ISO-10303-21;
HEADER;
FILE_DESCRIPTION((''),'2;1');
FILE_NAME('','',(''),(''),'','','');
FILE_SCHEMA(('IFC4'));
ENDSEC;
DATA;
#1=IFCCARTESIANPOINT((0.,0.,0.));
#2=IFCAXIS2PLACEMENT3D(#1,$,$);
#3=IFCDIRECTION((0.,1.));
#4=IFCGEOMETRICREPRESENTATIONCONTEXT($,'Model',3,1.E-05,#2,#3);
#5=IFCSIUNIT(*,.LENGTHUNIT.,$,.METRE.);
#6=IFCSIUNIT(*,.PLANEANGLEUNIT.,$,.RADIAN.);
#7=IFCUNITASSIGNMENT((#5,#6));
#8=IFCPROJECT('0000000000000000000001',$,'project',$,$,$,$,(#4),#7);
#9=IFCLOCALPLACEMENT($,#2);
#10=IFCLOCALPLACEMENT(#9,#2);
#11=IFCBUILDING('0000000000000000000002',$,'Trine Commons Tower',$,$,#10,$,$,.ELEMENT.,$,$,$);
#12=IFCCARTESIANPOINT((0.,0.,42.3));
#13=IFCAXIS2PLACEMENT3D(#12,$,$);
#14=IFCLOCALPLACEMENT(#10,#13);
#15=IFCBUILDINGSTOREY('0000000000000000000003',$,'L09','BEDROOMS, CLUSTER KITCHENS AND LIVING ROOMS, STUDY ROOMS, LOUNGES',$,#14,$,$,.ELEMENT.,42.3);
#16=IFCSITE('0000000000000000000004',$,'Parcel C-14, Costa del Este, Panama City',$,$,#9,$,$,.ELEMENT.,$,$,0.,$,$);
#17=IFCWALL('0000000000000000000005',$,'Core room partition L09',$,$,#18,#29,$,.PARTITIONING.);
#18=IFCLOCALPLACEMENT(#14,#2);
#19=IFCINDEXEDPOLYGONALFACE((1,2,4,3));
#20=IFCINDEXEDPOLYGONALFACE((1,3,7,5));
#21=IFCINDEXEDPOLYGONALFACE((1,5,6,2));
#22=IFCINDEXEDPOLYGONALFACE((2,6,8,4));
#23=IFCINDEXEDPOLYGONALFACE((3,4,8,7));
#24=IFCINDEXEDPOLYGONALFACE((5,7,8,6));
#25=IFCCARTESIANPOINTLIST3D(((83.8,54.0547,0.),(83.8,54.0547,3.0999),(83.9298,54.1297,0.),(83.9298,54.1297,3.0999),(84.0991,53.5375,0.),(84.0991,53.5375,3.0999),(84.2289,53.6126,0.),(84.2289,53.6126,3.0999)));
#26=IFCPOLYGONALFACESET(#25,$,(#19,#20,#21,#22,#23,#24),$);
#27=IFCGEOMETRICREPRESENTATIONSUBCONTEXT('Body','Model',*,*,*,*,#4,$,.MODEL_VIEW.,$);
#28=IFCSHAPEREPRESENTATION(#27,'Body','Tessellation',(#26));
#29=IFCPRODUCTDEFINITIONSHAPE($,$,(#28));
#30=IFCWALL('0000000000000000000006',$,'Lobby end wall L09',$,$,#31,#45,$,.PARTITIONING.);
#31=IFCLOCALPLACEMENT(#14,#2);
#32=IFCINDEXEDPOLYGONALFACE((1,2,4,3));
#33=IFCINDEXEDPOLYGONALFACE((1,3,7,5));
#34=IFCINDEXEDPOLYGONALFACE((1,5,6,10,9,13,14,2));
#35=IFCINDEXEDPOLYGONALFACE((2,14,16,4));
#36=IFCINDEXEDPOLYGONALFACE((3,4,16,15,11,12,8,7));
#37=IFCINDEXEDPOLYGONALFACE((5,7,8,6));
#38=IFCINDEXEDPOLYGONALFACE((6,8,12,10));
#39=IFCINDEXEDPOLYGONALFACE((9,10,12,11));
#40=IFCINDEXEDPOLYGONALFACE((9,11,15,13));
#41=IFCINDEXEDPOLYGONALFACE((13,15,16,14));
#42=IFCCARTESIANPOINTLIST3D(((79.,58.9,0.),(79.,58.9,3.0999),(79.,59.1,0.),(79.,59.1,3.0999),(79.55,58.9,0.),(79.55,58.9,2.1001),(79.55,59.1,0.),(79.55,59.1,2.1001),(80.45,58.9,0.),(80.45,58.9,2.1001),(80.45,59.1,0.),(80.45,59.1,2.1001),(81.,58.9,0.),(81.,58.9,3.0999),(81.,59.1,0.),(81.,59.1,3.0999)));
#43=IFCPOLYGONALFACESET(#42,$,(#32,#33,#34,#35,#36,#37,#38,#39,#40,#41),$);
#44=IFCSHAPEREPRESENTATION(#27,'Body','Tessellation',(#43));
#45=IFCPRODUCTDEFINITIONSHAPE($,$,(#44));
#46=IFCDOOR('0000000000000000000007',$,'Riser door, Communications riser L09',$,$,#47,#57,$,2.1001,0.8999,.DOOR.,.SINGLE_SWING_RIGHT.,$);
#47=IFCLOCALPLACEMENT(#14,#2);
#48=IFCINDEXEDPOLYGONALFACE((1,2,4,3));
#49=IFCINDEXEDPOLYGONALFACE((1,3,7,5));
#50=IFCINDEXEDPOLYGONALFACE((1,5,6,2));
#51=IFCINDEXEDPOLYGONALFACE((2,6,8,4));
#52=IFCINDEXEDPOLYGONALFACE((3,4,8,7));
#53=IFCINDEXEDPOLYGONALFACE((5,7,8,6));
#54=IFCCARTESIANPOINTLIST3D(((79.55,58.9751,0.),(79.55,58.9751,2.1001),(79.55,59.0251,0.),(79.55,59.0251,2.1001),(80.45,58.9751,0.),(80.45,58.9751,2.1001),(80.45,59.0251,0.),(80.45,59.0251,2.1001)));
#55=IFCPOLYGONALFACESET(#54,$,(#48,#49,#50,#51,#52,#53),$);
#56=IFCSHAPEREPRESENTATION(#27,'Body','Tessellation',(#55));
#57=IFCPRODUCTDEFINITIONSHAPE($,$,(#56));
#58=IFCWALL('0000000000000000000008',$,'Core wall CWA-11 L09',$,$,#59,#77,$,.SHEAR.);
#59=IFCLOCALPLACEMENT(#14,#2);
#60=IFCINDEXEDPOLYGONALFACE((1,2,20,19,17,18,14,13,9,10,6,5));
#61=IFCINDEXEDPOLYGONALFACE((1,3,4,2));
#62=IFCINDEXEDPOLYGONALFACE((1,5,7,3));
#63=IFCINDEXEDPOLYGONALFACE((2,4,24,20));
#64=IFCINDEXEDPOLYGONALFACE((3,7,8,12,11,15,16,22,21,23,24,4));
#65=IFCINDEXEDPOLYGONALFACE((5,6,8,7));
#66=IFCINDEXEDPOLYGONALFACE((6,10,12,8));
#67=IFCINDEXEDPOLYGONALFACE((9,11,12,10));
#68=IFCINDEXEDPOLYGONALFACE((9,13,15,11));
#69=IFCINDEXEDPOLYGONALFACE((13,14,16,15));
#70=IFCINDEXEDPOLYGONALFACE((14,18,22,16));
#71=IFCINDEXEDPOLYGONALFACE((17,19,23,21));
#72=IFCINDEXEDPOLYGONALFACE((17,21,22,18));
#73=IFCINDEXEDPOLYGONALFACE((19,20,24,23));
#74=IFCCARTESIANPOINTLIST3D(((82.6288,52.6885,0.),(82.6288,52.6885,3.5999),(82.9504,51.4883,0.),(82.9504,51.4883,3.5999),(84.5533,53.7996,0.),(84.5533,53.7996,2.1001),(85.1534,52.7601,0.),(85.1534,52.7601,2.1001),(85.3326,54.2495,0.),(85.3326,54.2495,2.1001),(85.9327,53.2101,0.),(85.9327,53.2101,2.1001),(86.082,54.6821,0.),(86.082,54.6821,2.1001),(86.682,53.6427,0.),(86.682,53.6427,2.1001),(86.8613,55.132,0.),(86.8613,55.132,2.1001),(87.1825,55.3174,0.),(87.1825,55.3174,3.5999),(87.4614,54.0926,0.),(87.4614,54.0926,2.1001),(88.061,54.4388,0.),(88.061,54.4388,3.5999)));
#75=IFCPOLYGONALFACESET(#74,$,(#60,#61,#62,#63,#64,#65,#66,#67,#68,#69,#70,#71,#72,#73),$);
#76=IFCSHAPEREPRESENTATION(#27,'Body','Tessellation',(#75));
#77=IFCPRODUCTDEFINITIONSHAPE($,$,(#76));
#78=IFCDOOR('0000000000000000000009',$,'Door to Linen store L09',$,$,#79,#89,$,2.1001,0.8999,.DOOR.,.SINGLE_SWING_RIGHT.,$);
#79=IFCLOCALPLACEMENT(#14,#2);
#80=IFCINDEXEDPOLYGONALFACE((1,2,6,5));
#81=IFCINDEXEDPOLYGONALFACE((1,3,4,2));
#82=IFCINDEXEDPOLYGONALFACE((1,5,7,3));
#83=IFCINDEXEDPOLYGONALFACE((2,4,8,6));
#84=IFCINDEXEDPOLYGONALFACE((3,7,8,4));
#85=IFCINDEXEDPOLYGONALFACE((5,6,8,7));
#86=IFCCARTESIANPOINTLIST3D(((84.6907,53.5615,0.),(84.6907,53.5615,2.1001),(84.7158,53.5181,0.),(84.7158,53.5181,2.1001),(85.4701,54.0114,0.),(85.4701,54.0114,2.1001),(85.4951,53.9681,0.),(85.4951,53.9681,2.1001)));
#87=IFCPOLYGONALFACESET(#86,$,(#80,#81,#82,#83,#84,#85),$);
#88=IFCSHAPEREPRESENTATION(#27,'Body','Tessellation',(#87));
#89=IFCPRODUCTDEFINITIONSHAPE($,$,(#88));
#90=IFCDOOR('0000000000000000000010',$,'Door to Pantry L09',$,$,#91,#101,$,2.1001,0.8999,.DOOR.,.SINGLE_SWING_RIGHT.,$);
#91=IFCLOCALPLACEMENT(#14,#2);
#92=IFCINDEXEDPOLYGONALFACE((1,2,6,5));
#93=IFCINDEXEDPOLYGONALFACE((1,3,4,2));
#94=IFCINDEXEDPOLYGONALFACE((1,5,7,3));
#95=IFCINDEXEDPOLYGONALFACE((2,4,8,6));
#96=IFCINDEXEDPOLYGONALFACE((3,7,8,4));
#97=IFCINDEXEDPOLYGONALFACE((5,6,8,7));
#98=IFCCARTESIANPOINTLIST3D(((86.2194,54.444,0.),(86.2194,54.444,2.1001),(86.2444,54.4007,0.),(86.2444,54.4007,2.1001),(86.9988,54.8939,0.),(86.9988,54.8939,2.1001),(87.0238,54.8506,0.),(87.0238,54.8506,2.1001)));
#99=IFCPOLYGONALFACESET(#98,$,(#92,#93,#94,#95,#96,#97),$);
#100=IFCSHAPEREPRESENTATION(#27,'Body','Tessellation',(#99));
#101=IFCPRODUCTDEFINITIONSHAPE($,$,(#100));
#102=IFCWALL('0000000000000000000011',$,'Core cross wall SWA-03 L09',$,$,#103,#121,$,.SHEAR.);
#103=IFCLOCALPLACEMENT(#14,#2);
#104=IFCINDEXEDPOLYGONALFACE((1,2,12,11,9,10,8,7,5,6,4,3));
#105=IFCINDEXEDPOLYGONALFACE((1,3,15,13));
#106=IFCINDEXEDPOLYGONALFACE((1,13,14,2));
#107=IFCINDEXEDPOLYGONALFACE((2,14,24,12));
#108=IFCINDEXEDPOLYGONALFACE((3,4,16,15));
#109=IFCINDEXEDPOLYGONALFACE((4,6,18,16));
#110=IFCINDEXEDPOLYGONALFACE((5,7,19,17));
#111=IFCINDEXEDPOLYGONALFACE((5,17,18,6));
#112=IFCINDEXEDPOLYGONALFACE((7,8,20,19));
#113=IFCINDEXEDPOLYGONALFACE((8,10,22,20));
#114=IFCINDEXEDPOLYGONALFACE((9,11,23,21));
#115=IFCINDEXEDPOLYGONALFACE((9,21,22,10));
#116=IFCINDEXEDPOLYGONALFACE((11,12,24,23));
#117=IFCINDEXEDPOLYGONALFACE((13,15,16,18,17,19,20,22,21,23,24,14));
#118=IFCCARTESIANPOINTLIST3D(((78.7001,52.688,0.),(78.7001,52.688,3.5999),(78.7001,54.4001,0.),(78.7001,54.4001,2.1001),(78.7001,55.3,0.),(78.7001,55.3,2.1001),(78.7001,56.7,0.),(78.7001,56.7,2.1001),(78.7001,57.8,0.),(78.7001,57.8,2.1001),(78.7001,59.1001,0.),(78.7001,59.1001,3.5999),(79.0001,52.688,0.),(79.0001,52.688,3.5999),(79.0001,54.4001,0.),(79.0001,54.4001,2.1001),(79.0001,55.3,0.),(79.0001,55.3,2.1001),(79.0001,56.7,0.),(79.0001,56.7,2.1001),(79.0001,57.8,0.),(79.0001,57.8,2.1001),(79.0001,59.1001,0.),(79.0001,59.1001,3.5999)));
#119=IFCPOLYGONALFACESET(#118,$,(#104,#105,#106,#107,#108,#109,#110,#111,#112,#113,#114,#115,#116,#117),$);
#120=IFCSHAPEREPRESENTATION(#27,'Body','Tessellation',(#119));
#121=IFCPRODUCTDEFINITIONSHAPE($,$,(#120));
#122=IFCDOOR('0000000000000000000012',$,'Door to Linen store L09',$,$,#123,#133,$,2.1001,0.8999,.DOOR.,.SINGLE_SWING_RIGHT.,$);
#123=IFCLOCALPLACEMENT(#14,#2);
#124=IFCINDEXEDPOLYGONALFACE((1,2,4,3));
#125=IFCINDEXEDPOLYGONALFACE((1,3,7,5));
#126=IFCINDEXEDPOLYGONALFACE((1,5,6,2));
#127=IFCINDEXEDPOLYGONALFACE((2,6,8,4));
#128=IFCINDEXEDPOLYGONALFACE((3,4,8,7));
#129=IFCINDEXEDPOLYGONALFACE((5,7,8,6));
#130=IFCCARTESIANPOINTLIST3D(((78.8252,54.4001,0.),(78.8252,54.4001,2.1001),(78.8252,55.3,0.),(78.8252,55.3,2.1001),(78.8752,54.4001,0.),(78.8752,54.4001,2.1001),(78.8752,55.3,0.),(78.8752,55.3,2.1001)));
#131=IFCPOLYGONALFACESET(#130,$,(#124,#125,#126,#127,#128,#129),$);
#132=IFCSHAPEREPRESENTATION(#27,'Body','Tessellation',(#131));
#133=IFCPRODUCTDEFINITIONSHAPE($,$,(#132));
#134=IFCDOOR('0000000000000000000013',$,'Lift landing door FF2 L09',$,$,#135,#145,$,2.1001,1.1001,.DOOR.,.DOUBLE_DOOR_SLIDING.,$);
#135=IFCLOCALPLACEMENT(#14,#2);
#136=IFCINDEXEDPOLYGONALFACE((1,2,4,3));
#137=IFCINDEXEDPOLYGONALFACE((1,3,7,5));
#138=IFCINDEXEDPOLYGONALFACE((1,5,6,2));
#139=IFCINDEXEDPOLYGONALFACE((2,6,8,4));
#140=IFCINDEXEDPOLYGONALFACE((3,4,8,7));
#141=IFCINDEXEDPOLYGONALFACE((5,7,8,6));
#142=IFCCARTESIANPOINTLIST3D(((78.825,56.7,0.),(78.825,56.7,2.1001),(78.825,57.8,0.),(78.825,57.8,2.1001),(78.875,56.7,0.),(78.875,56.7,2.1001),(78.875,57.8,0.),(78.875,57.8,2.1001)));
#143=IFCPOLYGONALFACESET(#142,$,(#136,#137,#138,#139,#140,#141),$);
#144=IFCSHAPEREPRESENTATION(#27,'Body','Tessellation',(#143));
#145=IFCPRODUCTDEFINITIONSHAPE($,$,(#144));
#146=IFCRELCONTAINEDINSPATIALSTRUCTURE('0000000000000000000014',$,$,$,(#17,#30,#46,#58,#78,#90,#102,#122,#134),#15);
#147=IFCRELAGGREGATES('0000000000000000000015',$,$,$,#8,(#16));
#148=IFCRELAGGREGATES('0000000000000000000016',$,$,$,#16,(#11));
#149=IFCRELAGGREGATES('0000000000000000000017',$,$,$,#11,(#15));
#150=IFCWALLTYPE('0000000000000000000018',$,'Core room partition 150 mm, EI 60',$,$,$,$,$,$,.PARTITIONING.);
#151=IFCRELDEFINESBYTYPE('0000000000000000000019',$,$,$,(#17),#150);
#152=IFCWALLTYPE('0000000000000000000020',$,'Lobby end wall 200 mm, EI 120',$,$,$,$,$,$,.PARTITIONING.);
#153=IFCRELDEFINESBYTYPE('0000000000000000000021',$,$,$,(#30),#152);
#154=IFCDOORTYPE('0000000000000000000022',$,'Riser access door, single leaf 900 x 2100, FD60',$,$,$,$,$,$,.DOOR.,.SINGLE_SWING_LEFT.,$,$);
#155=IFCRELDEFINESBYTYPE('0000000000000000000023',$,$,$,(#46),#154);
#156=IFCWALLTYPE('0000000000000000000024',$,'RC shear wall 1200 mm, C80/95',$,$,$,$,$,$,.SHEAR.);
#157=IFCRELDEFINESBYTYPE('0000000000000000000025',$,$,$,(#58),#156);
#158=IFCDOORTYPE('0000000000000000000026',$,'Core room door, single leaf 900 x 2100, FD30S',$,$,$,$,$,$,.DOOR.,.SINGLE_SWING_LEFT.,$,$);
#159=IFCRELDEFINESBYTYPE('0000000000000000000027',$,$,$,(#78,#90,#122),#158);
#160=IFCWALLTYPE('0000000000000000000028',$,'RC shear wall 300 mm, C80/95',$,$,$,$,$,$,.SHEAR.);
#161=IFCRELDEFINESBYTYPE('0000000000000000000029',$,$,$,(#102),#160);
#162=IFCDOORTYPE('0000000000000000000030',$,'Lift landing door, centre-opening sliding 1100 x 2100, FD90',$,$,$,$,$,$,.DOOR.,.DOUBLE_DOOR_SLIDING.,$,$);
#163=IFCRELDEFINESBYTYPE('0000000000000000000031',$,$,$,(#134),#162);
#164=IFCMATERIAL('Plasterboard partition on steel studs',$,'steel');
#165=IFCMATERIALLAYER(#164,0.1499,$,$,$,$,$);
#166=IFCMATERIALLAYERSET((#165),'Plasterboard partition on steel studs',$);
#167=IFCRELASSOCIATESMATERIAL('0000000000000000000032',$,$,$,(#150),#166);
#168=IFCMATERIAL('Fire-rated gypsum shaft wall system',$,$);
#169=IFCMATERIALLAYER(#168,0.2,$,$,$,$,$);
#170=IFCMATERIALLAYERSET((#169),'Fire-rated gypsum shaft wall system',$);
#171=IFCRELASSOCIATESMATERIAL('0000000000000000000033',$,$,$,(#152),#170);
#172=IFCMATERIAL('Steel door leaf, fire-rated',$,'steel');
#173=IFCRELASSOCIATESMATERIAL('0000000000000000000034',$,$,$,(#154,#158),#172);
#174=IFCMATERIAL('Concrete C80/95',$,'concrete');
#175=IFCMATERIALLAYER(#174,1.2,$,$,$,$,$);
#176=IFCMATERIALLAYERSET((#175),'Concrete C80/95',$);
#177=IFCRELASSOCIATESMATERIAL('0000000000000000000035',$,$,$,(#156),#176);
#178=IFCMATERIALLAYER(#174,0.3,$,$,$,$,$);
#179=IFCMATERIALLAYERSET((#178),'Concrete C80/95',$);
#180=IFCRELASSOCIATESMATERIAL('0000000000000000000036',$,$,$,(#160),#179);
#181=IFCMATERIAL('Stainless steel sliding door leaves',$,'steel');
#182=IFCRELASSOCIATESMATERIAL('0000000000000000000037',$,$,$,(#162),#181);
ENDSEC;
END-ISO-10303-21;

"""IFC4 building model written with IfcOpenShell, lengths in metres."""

from ifc_helpers import new_model, si_unit, direction, frame, frame_2d, origin, place, context, subcontext, project, spatial, polyline, rectangle, outline, extrude, material, layer, layer_set, type_object, element, fill, save


model = new_model("IFC4")

# Units and contexts
model_context = context("Model", 3, precision=1e-05, world=origin(), true_north=direction((0.0, 1.0)))
body_context = subcontext(model_context, "Body", "Model", "MODEL_VIEW")
ifc_project = project(units=[si_unit("LENGTHUNIT", "METRE"), si_unit("PLANEANGLEUNIT", "RADIAN")], contexts=[model_context])

# Site, building, storey
site_placement = place(None, origin())
site = spatial("IfcSite", under=ifc_project, at=site_placement, Name="Parcel C-14, Costa del Este, Panama City", CompositionType="ELEMENT", RefElevation=0.0)
building_placement = place(site_placement, origin())
building = spatial("IfcBuilding", under=site, at=building_placement, Name="Trine Commons Tower", CompositionType="ELEMENT")
storey_placement = place(building_placement, frame((0.0, 0.0, 42.3)))
storey = spatial("IfcBuildingStorey", under=building, at=storey_placement, Name="L09", Description="BEDROOMS, CLUSTER KITCHENS AND LIVING ROOMS, STUDY ROOMS, LOUNGES", CompositionType="ELEMENT", Elevation=42.3)

# Wall
ifc_material_1 = material(Name="Plasterboard partition on steel studs", Category="steel")
ifc_layer_1 = layer(ifc_material_1, 0.1499)
ifc_layer_set_1 = layer_set([ifc_layer_1], Name="Plasterboard partition on steel studs")
wall_type_1 = type_object("IfcWallType", Name="Core room partition 150 mm, EI 60", PredefinedType="PARTITIONING", material=ifc_layer_set_1)
wall_1_placement = place(storey_placement, frame((84.1641, 53.575, 0.0), z_axis=(0.0, 0.0, 1.0), x_axis=(-0.500666, 0.865641, 0.0)))
element("IfcWall", 1, at=wall_1_placement, inside=storey, type_object=wall_type_1, Name="Core room partition L09", PredefinedType="PARTITIONING", context=body_context, shape_type="SweptSolid", body=[
    extrude(rectangle(XDim=0.5974, YDim=0.1499, at=frame_2d((0.2988, 0.0))), origin(), (0.0, 0.0, 1.0), 3.0999),
])

# Wall, opening, door
ifc_material_2 = material(Name="Fire-rated gypsum shaft wall system")
ifc_layer_2 = layer(ifc_material_2, 0.2)
ifc_layer_set_2 = layer_set([ifc_layer_2], Name="Fire-rated gypsum shaft wall system")
wall_type_2 = type_object("IfcWallType", Name="Lobby end wall 200 mm, EI 120", PredefinedType="PARTITIONING", material=ifc_layer_set_2)
wall_2_placement = place(storey_placement, frame((79.0, 59.0, 0.0), z_axis=(0.0, 0.0, 1.0), x_axis=(1.0, 0.0, 0.0)))
wall_2 = element("IfcWall", 2, at=wall_2_placement, inside=storey, type_object=wall_type_2, Name="Lobby end wall L09", PredefinedType="PARTITIONING", context=body_context, shape_type="SweptSolid", body=[
    extrude(rectangle(XDim=2.0, YDim=0.2, at=frame_2d((1.0, 0.0))), origin(), (0.0, 0.0, 1.0), 3.0999),
])
opening_1_placement = place(wall_2_placement, frame((0.55, 0.0, 0.0)))
opening_1 = element("IfcOpeningElement", 3, at=opening_1_placement, cuts=wall_2, PredefinedType="OPENING", context=body_context, shape_type="SweptSolid", body=[
    extrude(rectangle(XDim=0.8999, YDim=2.1001, at=frame_2d((0.45, 1.05))), frame((0.0, 0.1099, 0.0), z_axis=(0.0, -1.0, 0.0), x_axis=(1.0, 0.0, 0.0)), (0.0, 0.0, 1.0), 0.22),
])
ifc_material_3 = material(Name="Steel door leaf, fire-rated", Category="steel")
door_type_1 = type_object("IfcDoorType", Name="Riser access door, single leaf 900 x 2100, FD60", OperationType="SINGLE_SWING_LEFT", PredefinedType="DOOR", material=ifc_material_3)
door_1_placement = place(opening_1_placement, frame((0.8999, 0.0, 0.0), z_axis=(0.0, 0.0, 1.0), x_axis=(-1.0, 0.0, 0.0)))
door_1 = element("IfcDoor", 4, at=door_1_placement, inside=storey, type_object=door_type_1, Name="Riser door, Communications riser L09", OperationType="SINGLE_SWING_RIGHT", OverallHeight=2.1001, OverallWidth=0.8999, PredefinedType="DOOR", context=body_context, shape_type="SweptSolid", body=[
    extrude(rectangle(XDim=0.8999, YDim=2.1001, at=frame_2d((0.45, 1.05))), frame((0.0, 0.0249, 0.0), z_axis=(0.0, -1.0, 0.0), x_axis=(1.0, 0.0, 0.0)), (0.0, 0.0, 1.0), 0.05),
])
fill(opening_1, door_1)

# Walls, openings, doors
ifc_material_4 = material(Name="Concrete C80/95", Category="concrete")
ifc_layer_3 = layer(ifc_material_4, 1.2)
ifc_layer_set_3 = layer_set([ifc_layer_3], Name="Concrete C80/95")
wall_type_3 = type_object("IfcWallType", Name="RC shear wall 1200 mm, C80/95", PredefinedType="SHEAR", material=ifc_layer_set_3)
wall_3_placement = place(storey_placement, frame((82.6504, 52.0081, 0.0), z_axis=(0.0, 0.0, 1.0), x_axis=(0.866037, 0.499979, 0.0)))
wall_3 = element("IfcWall", 5, at=wall_3_placement, inside=storey, type_object=wall_type_3, Name="Core wall CWA-11 L09", PredefinedType="SHEAR", context=body_context, shape_type="SweptSolid", body=[
    extrude(outline(polyline([(0.0, -0.6001), (5.9011, -0.6001), (5.5796, 0.6001), (0.3215, 0.6001), (0.0, -0.6001)])), origin(), (0.0, 0.0, 1.0), 3.5999),
])
opening_2_placement = place(wall_3_placement, frame((2.5437, 0.0, 0.0)))
opening_2 = element("IfcOpeningElement", 6, at=opening_2_placement, cuts=wall_3, PredefinedType="OPENING", context=body_context, shape_type="SweptSolid", body=[
    extrude(rectangle(XDim=0.8999, YDim=2.1001, at=frame_2d((0.45, 1.05))), frame((0.0, 0.6099, 0.0), z_axis=(0.0, -1.0, 0.0), x_axis=(1.0, 0.0, 0.0)), (0.0, 0.0, 1.0), 1.22),
])
opening_3_placement = place(wall_3_placement, frame((4.3088, 0.0, 0.0)))
opening_3 = element("IfcOpeningElement", 7, at=opening_3_placement, cuts=wall_3, PredefinedType="OPENING", context=body_context, shape_type="SweptSolid", body=[
    extrude(rectangle(XDim=0.8999, YDim=2.1001, at=frame_2d((0.45, 1.05))), frame((0.0, 0.6099, 0.0), z_axis=(0.0, -1.0, 0.0), x_axis=(1.0, 0.0, 0.0)), (0.0, 0.0, 1.0), 1.22),
])
door_type_2 = type_object("IfcDoorType", Name="Core room door, single leaf 900 x 2100, FD30S", OperationType="SINGLE_SWING_LEFT", PredefinedType="DOOR", material=ifc_material_3)
door_2_placement = place(opening_2_placement, origin())
door_2 = element("IfcDoor", 8, at=door_2_placement, inside=storey, type_object=door_type_2, Name="Door to Linen store L09", OperationType="SINGLE_SWING_RIGHT", OverallHeight=2.1001, OverallWidth=0.8999, PredefinedType="DOOR", context=body_context, shape_type="SweptSolid", body=[
    extrude(rectangle(XDim=0.8999, YDim=2.1001, at=frame_2d((0.45, 1.05))), frame((0.0, 0.3252, 0.0), z_axis=(0.0, -1.0, 0.0), x_axis=(1.0, 0.0, 0.0)), (0.0, 0.0, 1.0), 0.05),
])
fill(opening_2, door_2)
door_3_placement = place(opening_3_placement, origin())
door_3 = element("IfcDoor", 9, at=door_3_placement, inside=storey, type_object=door_type_2, Name="Door to Pantry L09", OperationType="SINGLE_SWING_RIGHT", OverallHeight=2.1001, OverallWidth=0.8999, PredefinedType="DOOR", context=body_context, shape_type="SweptSolid", body=[
    extrude(rectangle(XDim=0.8999, YDim=2.1001, at=frame_2d((0.45, 1.05))), frame((0.0, 0.3252, 0.0), z_axis=(0.0, -1.0, 0.0), x_axis=(1.0, 0.0, 0.0)), (0.0, 0.0, 1.0), 0.05),
])
fill(opening_3, door_3)
ifc_layer_4 = layer(ifc_material_4, 0.3)
ifc_layer_set_4 = layer_set([ifc_layer_4], Name="Concrete C80/95")
wall_type_4 = type_object("IfcWallType", Name="RC shear wall 300 mm, C80/95", PredefinedType="SHEAR", material=ifc_layer_set_4)
wall_4_placement = place(storey_placement, frame((78.8501, 59.1001, 0.0), z_axis=(0.0, 0.0, 1.0), x_axis=(0.0, -1.0, 0.0)))
wall_4 = element("IfcWall", 10, at=wall_4_placement, inside=storey, type_object=wall_type_4, Name="Core cross wall SWA-03 L09", PredefinedType="SHEAR", context=body_context, shape_type="SweptSolid", body=[
    extrude(rectangle(XDim=6.4121, YDim=0.3, at=frame_2d((3.2061, 0.0))), origin(), (0.0, 0.0, 1.0), 3.5999),
])
opening_4_placement = place(wall_4_placement, frame((3.8, 0.0, 0.0)))
opening_4 = element("IfcOpeningElement", 11, at=opening_4_placement, cuts=wall_4, PredefinedType="OPENING", context=body_context, shape_type="SweptSolid", body=[
    extrude(rectangle(XDim=0.8999, YDim=2.1001, at=frame_2d((0.45, 1.05))), frame((0.0, 0.1599, 0.0), z_axis=(0.0, -1.0, 0.0), x_axis=(1.0, 0.0, 0.0)), (0.0, 0.0, 1.0), 0.3201),
])
opening_5_placement = place(wall_4_placement, frame((1.3, 0.0, 0.0)))
opening_5 = element("IfcOpeningElement", 12, at=opening_5_placement, cuts=wall_4, PredefinedType="OPENING", context=body_context, shape_type="SweptSolid", body=[
    extrude(rectangle(XDim=1.1001, YDim=2.1001, at=frame_2d((0.55, 1.05))), frame((0.0, 0.1599, 0.0), z_axis=(0.0, -1.0, 0.0), x_axis=(1.0, 0.0, 0.0)), (0.0, 0.0, 1.0), 0.3201),
])
door_4_placement = place(opening_4_placement, frame((0.8999, 0.0, 0.0), z_axis=(0.0, 0.0, 1.0), x_axis=(-1.0, 0.0, 0.0)))
door_4 = element("IfcDoor", 13, at=door_4_placement, inside=storey, type_object=door_type_2, Name="Door to Linen store L09", OperationType="SINGLE_SWING_RIGHT", OverallHeight=2.1001, OverallWidth=0.8999, PredefinedType="DOOR", context=body_context, shape_type="SweptSolid", body=[
    extrude(rectangle(XDim=0.8999, YDim=2.1001, at=frame_2d((0.45, 1.05))), frame((0.0, 0.0249, 0.0), z_axis=(0.0, -1.0, 0.0), x_axis=(1.0, 0.0, 0.0)), (0.0, 0.0, 1.0), 0.05),
])
fill(opening_4, door_4)
ifc_material_5 = material(Name="Stainless steel sliding door leaves", Category="steel")
door_type_3 = type_object("IfcDoorType", Name="Lift landing door, centre-opening sliding 1100 x 2100, FD90", OperationType="DOUBLE_DOOR_SLIDING", PredefinedType="DOOR", material=ifc_material_5)
door_5_placement = place(opening_5_placement, origin())
door_5 = element("IfcDoor", 14, at=door_5_placement, inside=storey, type_object=door_type_3, Name="Lift landing door FF2 L09", OperationType="DOUBLE_DOOR_SLIDING", OverallHeight=2.1001, OverallWidth=1.1001, PredefinedType="DOOR", context=body_context, shape_type="SweptSolid", body=[
    extrude(rectangle(XDim=1.1001, YDim=2.1001, at=frame_2d((0.55, 1.05))), frame((0.0, 0.0249, 0.0), z_axis=(0.0, -1.0, 0.0), x_axis=(1.0, 0.0, 0.0)), (0.0, 0.0, 1.0), 0.05),
])
fill(opening_5, door_5)

save(model, "model.ifc")
